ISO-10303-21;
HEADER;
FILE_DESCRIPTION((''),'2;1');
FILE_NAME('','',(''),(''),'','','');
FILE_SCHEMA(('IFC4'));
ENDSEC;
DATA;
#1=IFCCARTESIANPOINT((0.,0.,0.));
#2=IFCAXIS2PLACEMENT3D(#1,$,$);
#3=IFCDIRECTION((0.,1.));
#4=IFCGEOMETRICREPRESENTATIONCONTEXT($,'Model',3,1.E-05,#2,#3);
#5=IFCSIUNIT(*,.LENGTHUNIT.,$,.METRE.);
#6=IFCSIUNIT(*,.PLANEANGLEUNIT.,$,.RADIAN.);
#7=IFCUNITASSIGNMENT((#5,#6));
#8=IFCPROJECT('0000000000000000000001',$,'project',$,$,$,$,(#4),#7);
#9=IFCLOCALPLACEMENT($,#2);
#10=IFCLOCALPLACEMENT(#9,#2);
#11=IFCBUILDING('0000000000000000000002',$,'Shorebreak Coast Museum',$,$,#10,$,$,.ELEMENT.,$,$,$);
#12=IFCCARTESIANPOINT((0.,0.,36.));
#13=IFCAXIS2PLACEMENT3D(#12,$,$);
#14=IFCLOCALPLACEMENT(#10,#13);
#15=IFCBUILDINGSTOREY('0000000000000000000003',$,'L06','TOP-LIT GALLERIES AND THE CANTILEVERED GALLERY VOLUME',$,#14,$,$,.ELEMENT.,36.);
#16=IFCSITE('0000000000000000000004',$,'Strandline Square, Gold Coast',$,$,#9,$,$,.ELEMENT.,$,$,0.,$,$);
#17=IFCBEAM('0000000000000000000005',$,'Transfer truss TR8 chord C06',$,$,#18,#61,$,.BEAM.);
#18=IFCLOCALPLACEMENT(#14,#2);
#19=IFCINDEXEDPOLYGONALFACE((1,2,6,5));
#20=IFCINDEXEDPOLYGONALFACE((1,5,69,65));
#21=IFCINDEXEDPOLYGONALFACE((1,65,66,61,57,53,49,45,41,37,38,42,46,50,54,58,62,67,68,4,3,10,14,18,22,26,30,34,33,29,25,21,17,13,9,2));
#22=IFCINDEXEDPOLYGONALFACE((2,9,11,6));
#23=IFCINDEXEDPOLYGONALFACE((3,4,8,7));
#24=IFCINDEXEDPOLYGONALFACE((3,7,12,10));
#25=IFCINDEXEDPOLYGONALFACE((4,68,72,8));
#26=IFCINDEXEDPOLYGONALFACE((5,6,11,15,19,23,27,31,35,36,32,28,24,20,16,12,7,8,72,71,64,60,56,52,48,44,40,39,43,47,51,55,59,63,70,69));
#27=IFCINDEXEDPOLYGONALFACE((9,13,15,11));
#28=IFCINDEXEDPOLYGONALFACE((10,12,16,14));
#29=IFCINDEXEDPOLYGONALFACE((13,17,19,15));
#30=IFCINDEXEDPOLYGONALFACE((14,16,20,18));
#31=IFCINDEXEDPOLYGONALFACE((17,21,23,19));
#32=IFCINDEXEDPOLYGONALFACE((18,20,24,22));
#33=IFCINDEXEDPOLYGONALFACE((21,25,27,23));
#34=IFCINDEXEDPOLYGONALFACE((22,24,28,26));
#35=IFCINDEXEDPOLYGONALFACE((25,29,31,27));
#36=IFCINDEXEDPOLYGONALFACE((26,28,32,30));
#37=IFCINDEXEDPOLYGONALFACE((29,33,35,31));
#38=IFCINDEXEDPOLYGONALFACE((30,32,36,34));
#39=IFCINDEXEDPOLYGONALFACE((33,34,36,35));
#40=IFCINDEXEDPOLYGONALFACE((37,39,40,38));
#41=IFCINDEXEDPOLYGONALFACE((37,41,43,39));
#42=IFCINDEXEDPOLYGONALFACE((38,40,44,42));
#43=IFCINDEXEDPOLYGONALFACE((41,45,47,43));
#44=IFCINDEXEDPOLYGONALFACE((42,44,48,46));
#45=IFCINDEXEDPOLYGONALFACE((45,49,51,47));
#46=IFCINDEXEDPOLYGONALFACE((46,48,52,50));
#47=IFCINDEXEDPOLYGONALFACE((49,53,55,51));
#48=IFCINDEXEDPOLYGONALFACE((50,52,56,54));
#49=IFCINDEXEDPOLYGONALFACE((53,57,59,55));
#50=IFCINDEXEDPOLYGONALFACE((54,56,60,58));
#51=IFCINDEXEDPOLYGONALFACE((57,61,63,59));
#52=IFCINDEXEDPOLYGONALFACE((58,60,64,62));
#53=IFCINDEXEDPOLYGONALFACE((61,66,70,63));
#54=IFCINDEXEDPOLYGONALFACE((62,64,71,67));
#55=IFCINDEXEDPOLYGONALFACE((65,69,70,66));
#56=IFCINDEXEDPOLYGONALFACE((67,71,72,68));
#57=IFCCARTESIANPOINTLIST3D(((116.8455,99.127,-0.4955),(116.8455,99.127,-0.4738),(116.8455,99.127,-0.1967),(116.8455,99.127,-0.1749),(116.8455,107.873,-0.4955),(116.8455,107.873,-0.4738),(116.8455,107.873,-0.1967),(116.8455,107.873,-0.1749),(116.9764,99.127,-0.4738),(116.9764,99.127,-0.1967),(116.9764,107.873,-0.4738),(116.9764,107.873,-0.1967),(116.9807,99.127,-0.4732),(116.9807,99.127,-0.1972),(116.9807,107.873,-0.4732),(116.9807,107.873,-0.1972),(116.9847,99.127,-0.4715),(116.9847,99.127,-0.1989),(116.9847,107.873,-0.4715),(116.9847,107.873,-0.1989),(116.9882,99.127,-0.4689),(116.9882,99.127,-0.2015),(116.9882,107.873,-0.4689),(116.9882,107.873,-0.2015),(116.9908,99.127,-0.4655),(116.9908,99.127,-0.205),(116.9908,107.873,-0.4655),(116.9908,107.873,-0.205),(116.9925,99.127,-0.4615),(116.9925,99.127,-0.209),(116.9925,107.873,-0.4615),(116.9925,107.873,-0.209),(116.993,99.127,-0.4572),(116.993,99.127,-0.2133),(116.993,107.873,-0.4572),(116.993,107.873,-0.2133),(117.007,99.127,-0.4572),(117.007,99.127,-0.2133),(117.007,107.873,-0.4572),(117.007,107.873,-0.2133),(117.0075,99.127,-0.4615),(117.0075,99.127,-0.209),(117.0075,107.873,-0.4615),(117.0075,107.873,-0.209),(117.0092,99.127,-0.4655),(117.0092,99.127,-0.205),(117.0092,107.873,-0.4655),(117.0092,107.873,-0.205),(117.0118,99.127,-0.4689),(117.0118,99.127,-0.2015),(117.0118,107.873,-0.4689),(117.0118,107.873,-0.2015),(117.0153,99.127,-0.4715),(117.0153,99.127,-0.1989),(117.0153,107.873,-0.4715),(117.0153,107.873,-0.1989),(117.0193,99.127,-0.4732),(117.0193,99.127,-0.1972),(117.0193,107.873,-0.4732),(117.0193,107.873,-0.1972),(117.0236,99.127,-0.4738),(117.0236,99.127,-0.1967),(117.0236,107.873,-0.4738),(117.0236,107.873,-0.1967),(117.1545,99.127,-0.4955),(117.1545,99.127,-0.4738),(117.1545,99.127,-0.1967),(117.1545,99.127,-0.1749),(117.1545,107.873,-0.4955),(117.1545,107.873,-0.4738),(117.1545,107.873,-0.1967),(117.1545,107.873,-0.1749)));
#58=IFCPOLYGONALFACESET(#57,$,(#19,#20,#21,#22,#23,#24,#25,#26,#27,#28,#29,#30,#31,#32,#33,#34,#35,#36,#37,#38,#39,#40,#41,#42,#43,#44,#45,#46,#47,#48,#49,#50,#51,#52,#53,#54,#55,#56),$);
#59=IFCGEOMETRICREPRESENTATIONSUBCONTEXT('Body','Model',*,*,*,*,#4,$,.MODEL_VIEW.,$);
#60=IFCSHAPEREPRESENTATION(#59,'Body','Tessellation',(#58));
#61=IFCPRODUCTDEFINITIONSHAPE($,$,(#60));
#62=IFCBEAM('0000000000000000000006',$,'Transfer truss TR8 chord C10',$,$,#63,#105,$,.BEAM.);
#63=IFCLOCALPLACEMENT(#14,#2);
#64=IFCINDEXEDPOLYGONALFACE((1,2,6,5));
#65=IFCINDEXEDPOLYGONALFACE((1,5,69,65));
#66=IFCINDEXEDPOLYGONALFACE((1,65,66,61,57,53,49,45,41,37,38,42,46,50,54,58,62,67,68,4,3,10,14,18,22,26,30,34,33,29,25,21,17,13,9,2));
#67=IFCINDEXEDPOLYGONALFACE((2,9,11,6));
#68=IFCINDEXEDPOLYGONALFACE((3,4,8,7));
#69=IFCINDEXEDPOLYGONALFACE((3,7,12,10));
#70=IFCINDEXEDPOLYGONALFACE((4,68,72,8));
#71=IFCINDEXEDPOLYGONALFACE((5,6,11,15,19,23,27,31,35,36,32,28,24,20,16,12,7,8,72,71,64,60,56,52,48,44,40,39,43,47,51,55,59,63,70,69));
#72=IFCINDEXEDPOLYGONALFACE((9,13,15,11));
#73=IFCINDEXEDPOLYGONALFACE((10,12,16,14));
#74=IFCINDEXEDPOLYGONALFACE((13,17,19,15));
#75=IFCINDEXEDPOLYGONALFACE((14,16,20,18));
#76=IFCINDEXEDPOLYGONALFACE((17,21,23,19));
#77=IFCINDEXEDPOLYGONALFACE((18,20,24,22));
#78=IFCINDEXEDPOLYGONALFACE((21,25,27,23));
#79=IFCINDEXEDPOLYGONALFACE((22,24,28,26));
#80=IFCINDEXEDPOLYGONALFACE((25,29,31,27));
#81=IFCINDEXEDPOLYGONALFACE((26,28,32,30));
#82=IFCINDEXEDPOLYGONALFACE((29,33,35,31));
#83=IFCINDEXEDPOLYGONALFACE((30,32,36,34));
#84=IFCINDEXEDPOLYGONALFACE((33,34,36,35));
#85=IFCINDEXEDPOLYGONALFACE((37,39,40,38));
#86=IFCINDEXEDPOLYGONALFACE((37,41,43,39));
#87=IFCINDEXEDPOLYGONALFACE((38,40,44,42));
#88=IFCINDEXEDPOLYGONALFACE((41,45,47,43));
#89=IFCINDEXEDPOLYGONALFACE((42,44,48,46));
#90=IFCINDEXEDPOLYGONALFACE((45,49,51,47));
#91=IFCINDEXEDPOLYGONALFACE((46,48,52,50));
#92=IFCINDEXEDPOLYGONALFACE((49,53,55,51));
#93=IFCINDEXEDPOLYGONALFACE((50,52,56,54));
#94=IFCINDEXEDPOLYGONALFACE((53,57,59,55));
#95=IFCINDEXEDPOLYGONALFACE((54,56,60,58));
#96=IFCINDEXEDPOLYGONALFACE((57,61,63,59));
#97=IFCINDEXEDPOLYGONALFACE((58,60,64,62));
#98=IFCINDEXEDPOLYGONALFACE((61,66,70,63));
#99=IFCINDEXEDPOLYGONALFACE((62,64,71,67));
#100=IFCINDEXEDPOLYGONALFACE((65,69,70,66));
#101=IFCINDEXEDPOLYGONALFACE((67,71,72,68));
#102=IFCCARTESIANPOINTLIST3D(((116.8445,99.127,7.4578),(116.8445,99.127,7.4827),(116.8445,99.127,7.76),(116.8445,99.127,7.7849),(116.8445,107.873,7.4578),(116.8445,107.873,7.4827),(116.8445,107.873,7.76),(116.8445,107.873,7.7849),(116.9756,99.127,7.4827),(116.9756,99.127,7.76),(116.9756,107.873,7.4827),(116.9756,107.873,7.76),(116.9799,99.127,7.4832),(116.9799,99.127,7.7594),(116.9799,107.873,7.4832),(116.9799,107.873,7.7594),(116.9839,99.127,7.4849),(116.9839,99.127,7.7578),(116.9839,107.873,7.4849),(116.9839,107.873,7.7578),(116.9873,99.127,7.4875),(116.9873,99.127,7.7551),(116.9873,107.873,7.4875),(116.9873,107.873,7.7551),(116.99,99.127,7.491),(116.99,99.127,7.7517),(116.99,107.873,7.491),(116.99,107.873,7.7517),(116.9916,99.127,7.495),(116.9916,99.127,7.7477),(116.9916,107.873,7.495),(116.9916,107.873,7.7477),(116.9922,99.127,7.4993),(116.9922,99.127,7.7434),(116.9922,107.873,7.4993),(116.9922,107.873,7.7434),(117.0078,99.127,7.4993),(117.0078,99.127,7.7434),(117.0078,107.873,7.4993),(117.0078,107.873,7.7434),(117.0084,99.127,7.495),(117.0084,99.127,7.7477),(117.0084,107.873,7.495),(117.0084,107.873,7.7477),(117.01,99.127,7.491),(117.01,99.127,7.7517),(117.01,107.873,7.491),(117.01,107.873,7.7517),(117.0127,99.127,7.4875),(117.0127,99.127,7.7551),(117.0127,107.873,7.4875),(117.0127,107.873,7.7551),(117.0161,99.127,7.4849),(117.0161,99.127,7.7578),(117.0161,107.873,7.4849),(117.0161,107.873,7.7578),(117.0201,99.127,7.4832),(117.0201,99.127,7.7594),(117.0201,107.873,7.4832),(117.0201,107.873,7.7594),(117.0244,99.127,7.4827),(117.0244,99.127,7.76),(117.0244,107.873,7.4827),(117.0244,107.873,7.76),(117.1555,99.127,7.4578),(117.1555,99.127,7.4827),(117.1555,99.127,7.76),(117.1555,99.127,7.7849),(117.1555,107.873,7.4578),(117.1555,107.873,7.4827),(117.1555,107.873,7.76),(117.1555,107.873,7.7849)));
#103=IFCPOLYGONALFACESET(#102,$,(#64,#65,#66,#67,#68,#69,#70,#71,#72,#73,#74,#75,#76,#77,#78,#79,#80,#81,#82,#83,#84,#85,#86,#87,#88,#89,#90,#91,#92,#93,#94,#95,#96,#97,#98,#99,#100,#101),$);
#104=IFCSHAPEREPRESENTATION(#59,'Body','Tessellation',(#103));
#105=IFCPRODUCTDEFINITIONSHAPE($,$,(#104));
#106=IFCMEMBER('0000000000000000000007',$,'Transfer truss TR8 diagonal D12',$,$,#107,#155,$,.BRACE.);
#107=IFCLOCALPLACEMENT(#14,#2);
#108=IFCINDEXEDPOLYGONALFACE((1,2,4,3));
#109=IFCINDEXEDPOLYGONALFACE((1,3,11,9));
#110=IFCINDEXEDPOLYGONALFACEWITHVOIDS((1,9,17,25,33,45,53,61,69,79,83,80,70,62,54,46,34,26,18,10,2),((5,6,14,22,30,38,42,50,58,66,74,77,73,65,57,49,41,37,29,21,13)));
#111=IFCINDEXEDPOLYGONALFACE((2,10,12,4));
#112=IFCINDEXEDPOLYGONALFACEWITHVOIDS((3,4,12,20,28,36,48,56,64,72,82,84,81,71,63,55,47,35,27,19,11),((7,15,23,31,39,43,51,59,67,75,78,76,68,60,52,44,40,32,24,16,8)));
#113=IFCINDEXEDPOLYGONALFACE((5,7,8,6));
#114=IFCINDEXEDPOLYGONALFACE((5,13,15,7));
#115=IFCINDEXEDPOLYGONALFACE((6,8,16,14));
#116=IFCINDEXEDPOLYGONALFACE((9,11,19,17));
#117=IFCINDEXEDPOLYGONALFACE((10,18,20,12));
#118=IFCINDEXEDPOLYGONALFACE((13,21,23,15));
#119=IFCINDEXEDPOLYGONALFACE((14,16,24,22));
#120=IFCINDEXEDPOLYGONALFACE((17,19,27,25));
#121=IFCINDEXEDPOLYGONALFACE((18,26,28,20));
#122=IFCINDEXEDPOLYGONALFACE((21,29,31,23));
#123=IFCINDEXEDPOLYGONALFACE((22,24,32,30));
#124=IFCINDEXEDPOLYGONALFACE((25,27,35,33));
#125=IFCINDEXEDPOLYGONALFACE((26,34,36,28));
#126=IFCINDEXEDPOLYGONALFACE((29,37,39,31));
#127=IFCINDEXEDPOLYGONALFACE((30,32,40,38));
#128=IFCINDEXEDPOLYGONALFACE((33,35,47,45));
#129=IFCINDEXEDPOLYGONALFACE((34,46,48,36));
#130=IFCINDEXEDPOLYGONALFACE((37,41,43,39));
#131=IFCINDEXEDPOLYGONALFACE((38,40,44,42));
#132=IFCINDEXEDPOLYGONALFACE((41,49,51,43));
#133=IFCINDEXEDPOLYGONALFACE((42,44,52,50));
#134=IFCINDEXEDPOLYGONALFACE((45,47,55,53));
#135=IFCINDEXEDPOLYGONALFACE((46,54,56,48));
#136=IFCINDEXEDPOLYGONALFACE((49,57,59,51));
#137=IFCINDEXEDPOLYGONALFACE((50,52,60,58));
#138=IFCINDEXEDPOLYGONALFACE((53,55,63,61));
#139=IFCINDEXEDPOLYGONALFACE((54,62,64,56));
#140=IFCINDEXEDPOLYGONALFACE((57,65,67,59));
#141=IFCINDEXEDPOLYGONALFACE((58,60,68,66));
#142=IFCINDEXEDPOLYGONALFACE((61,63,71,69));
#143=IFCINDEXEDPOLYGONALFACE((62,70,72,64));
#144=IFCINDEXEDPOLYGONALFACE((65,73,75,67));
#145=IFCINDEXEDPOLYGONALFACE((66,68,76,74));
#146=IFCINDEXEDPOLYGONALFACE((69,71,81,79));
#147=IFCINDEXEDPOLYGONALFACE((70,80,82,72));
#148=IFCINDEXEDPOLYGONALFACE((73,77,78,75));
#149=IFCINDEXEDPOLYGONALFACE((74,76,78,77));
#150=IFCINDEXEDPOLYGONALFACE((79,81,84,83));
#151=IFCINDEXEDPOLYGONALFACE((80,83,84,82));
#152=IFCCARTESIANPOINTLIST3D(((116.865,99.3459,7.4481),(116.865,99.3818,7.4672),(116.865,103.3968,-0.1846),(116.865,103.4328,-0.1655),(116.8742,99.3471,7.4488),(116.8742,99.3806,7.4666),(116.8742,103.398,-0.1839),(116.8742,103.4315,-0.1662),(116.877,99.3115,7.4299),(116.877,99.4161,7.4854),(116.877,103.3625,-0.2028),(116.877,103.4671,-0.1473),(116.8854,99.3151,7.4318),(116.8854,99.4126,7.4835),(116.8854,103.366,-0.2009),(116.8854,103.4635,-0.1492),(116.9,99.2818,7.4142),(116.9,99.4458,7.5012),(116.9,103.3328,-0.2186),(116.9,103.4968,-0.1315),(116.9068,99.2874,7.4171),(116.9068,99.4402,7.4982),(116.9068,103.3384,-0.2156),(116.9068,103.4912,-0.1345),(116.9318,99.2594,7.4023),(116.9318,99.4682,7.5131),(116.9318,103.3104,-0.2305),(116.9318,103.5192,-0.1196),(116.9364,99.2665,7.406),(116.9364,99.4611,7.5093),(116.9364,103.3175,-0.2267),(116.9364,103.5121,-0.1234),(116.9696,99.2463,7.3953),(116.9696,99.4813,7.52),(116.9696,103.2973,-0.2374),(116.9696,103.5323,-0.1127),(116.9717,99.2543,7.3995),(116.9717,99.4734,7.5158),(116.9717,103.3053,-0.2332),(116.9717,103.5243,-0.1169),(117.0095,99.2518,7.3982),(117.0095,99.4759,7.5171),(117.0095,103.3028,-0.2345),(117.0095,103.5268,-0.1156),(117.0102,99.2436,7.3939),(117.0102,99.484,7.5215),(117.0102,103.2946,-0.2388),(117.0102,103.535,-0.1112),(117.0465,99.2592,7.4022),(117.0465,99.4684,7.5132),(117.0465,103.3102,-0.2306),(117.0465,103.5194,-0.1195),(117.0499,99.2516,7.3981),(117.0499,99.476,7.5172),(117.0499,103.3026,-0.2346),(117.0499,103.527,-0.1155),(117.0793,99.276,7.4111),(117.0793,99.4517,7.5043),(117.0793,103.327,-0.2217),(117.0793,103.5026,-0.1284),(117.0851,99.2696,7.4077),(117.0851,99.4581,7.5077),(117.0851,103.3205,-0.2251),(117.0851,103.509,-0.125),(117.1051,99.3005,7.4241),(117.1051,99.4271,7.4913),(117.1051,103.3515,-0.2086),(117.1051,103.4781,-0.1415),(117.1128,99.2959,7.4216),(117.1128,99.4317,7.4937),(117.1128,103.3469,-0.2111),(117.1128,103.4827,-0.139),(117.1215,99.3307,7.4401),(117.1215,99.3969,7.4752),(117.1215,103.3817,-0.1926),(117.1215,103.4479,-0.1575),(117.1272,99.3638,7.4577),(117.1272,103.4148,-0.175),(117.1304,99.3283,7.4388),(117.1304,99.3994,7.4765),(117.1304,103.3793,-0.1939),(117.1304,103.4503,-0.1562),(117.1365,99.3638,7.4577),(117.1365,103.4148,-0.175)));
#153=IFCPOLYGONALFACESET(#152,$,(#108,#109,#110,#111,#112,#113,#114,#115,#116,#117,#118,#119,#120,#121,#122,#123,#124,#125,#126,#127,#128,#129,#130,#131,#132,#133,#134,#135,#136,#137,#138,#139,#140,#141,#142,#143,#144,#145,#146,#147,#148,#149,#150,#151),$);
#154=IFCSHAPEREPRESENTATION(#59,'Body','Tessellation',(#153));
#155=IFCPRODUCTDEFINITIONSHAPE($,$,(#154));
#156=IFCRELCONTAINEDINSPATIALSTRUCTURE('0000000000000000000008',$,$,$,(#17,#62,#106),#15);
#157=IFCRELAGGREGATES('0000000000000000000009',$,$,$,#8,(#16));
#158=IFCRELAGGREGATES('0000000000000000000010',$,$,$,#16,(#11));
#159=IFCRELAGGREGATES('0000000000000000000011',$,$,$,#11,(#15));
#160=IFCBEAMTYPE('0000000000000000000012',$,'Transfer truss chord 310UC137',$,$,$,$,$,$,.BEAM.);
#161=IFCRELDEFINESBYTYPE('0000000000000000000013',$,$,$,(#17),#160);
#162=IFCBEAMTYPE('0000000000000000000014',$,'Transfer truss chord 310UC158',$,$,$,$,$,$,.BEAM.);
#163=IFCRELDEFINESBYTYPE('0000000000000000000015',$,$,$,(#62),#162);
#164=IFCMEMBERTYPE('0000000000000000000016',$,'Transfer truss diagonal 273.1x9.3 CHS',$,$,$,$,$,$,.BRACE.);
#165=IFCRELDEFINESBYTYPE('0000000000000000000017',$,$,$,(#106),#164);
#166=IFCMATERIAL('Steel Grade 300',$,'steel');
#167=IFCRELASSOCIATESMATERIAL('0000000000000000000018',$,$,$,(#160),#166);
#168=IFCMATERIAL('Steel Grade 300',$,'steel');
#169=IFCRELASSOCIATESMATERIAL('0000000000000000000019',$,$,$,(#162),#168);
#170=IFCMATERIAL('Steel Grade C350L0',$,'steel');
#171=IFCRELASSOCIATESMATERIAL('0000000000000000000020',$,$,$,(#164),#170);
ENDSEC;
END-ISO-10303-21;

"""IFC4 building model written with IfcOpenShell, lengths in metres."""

from ifc_helpers import new_model, si_unit, direction, frame, origin, origin_2d, place, context, subcontext, project, spatial, hollow_circle, i_section, extrude, material, material_profile, profile_set, type_object, element, save


model = new_model("IFC4")

# Units and contexts
model_context = context("Model", 3, precision=1e-05, world=origin(), true_north=direction((0.0, 1.0)))
body_context = subcontext(model_context, "Body", "Model", "MODEL_VIEW")
ifc_project = project(units=[si_unit("LENGTHUNIT", "METRE"), si_unit("PLANEANGLEUNIT", "RADIAN")], contexts=[model_context])

# Site, building, storey
site_placement = place(None, origin())
site = spatial("IfcSite", under=ifc_project, at=site_placement, Name="Strandline Square, Gold Coast", CompositionType="ELEMENT", RefElevation=0.0)
building_placement = place(site_placement, origin())
building = spatial("IfcBuilding", under=site, at=building_placement, Name="Shorebreak Coast Museum", CompositionType="ELEMENT")
storey_placement = place(building_placement, frame((0.0, 0.0, 36.0)))
storey = spatial("IfcBuildingStorey", under=building, at=storey_placement, Name="L06", Description="TOP-LIT GALLERIES AND THE CANTILEVERED GALLERY VOLUME", CompositionType="ELEMENT", Elevation=36.0)

# Beams
ifc_material_1 = material(Name="Steel Grade 300", Category="steel")
ifc_material_profile_1 = material_profile(ifc_material_1, i_section(OverallWidth=0.3091, OverallDepth=0.3206, WebThickness=0.0139, FlangeThickness=0.0217, FilletRadius=0.0166, at=origin_2d()), Name="310UC137")
ifc_profile_set_1 = profile_set([ifc_material_profile_1], Name="Steel Grade 300")
beam_type_1 = type_object("IfcBeamType", Name="Transfer truss chord 310UC137", PredefinedType="BEAM", material=ifc_profile_set_1)
beam_1_placement = place(storey_placement, frame((117.0, 99.127, -0.3352), z_axis=(0.0, 1.0, 0.0), x_axis=(-1.0, 0.0, 0.0)))
element("IfcBeam", 1, at=beam_1_placement, inside=storey, type_object=beam_type_1, Name="Transfer truss TR8 chord C06", PredefinedType="BEAM", context=body_context, shape_type="SweptSolid", body=[
    extrude(i_section(OverallWidth=0.3091, OverallDepth=0.3206, WebThickness=0.0139, FlangeThickness=0.0217, FilletRadius=0.0166, at=origin_2d()), origin(), (0.0, 0.0, 1.0), 8.7461),
])
ifc_material_2 = material(Name="Steel Grade 300", Category="steel")
ifc_material_profile_2 = material_profile(ifc_material_2, i_section(OverallWidth=0.311, OverallDepth=0.3271, WebThickness=0.0156, FlangeThickness=0.0249, FilletRadius=0.0166, at=origin_2d()), Name="310UC158")
ifc_profile_set_2 = profile_set([ifc_material_profile_2], Name="Steel Grade 300")
beam_type_2 = type_object("IfcBeamType", Name="Transfer truss chord 310UC158", PredefinedType="BEAM", material=ifc_profile_set_2)
beam_2_placement = place(storey_placement, frame((117.0, 99.127, 7.6213), z_axis=(0.0, 1.0, 0.0), x_axis=(-1.0, 0.0, 0.0)))
element("IfcBeam", 2, at=beam_2_placement, inside=storey, type_object=beam_type_2, Name="Transfer truss TR8 chord C10", PredefinedType="BEAM", context=body_context, shape_type="SweptSolid", body=[
    extrude(i_section(OverallWidth=0.311, OverallDepth=0.3271, WebThickness=0.0156, FlangeThickness=0.0249, FilletRadius=0.0166, at=origin_2d()), origin(), (0.0, 0.0, 1.0), 8.7461),
])

# Member
ifc_material_3 = material(Name="Steel Grade C350L0", Category="steel")
ifc_material_profile_3 = material_profile(ifc_material_3, hollow_circle(Radius=0.1365, WallThickness=0.0093, at=origin_2d()), Name="273.1x9.3 CHS")
ifc_profile_set_3 = profile_set([ifc_material_profile_3], Name="Steel Grade C350L0")
member_type_1 = type_object("IfcMemberType", Name="Transfer truss diagonal 273.1x9.3 CHS", PredefinedType="BRACE", material=ifc_profile_set_3)
member_1_placement = place(storey_placement, frame((117.0, 103.4148, -0.175), z_axis=(0.0, -0.468803, 0.883303), x_axis=(1.0, 0.0, 0.0)))
element("IfcMember", 3, at=member_1_placement, inside=storey, type_object=member_type_1, Name="Transfer truss TR8 diagonal D12", PredefinedType="BRACE", context=body_context, shape_type="SweptSolid", body=[
    extrude(hollow_circle(Radius=0.1365, WallThickness=0.0093, at=origin_2d()), origin(), (0.0, 0.0, 1.0), 8.6411),
])

save(model, "model.ifc")
